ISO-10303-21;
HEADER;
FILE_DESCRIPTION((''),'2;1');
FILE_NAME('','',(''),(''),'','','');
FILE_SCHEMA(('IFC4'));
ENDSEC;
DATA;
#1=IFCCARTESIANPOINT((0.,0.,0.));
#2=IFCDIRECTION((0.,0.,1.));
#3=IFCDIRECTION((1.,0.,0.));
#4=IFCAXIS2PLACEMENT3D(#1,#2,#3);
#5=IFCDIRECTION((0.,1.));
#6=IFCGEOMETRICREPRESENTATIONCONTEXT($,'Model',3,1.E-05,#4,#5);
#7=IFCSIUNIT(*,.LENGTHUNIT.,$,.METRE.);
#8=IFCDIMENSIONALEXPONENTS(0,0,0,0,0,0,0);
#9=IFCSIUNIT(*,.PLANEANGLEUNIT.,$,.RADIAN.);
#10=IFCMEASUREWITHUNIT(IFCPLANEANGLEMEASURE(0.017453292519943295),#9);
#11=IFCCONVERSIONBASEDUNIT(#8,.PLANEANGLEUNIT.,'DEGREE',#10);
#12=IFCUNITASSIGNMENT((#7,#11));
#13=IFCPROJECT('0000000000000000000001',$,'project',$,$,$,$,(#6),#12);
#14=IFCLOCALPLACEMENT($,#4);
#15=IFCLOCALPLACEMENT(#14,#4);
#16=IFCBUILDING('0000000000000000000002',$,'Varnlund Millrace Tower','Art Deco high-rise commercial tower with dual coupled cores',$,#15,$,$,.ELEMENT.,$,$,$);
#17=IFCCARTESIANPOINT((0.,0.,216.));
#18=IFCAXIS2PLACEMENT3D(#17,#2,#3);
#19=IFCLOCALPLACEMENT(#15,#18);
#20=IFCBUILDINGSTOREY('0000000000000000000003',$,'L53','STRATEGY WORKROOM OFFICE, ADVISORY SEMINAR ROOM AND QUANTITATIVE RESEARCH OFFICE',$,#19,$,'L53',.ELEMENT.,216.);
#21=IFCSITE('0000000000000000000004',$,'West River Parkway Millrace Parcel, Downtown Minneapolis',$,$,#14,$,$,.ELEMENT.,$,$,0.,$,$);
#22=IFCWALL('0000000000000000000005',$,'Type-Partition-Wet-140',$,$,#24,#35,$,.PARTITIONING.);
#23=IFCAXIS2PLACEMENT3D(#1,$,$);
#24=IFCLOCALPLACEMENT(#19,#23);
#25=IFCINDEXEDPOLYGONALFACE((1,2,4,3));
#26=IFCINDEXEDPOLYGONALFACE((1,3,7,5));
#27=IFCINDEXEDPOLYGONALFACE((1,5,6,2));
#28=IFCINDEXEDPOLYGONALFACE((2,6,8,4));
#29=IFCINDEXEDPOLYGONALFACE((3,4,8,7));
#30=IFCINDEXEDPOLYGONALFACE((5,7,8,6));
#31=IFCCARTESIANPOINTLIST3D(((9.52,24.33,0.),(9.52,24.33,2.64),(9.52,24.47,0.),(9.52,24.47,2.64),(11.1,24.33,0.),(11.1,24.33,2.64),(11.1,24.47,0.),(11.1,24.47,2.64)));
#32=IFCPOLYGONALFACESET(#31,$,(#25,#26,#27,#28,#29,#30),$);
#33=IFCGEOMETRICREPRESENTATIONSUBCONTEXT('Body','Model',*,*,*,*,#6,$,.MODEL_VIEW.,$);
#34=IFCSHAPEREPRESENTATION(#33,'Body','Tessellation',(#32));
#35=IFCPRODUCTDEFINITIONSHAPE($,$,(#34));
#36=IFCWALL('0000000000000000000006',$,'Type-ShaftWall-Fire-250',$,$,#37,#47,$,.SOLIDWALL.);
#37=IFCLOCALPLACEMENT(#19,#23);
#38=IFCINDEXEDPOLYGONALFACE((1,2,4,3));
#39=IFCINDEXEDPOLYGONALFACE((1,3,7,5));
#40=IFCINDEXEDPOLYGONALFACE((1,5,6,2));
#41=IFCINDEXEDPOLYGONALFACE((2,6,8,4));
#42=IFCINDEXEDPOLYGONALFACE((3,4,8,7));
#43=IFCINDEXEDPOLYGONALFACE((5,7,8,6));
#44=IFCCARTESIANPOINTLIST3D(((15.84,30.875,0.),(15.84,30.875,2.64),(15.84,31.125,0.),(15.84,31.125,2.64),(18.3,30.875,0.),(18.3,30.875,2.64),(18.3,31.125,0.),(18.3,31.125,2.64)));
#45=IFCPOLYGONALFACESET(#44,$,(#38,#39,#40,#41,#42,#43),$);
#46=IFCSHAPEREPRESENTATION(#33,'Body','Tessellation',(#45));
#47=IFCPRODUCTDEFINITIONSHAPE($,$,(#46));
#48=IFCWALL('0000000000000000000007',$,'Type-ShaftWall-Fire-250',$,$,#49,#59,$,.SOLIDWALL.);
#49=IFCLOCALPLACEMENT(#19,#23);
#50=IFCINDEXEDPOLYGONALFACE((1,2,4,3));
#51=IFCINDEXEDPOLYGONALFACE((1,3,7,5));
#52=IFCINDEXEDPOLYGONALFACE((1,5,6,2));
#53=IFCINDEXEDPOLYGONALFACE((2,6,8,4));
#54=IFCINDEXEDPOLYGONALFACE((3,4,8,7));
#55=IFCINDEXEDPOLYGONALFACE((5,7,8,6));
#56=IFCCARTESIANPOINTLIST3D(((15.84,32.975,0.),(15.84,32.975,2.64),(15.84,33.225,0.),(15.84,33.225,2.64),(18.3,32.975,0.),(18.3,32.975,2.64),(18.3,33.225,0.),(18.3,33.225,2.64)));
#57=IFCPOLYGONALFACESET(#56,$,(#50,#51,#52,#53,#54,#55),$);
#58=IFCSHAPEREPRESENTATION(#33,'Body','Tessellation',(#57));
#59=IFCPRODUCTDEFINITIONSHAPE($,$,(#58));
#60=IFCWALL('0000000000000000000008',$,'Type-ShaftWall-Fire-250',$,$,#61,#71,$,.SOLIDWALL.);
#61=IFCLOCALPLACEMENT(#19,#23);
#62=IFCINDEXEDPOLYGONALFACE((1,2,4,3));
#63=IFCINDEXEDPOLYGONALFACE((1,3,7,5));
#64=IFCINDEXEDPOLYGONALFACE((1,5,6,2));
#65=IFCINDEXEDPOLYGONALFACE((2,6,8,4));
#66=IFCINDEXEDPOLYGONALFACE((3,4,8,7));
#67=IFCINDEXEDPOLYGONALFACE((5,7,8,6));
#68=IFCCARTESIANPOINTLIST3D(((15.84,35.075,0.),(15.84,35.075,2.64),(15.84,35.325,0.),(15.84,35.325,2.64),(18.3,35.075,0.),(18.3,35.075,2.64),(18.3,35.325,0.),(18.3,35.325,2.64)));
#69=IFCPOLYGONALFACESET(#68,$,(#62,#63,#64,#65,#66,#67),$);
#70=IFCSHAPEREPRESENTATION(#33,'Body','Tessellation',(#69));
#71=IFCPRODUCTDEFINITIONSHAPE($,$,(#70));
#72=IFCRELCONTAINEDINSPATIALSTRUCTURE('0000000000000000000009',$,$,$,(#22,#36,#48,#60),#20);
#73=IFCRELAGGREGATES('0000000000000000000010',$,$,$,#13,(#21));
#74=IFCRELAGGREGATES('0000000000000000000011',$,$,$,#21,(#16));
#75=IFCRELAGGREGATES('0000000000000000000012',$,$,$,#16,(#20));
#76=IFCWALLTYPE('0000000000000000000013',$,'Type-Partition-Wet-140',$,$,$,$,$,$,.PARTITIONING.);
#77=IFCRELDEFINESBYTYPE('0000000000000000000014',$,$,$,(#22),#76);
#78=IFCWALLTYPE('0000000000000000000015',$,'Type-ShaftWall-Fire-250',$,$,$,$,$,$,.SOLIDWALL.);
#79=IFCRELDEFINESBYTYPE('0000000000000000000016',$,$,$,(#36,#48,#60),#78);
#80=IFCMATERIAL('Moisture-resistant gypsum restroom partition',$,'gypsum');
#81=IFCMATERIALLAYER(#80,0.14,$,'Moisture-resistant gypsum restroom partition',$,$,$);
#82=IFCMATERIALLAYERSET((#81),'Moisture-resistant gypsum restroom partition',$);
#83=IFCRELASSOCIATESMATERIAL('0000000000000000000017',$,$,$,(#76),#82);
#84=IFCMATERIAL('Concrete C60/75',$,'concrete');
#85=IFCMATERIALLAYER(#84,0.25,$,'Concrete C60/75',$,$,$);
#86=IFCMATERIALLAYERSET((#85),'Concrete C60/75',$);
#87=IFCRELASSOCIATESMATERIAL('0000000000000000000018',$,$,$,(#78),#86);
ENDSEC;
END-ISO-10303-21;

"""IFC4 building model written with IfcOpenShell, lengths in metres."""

from ifc_helpers import new_model, entity, si_unit, converted_unit, direction, frame, origin_with_axes, place, context, subcontext, project, spatial, polyline, outline, extrude, material, layer, layer_set, type_object, element, save


model = new_model("IFC4")

# Units and contexts
model_context = context("Model", 3, precision=1e-05, world=origin_with_axes(), true_north=direction((0.0, 1.0)))
body_context = subcontext(model_context, "Body", "Model", "MODEL_VIEW")
ifc_project = project(units=[si_unit("LENGTHUNIT", "METRE"), converted_unit("PLANEANGLEUNIT", "DEGREE", entity("IfcPlaneAngleMeasure", 0.017453292519943295), si_unit("PLANEANGLEUNIT", "RADIAN"), dimensions=[0, 0, 0, 0, 0, 0, 0])], contexts=[model_context])

# Site, building, storey
site_placement = place(None, origin_with_axes())
site = spatial("IfcSite", under=ifc_project, at=site_placement, Name="West River Parkway Millrace Parcel, Downtown Minneapolis", CompositionType="ELEMENT", RefElevation=0.0)
building_placement = place(site_placement, origin_with_axes())
building = spatial("IfcBuilding", under=site, at=building_placement, Name="Varnlund Millrace Tower", Description="Art Deco high-rise commercial tower with dual coupled cores", CompositionType="ELEMENT")
storey_placement = place(building_placement, frame((0.0, 0.0, 216.0), z_axis=(0.0, 0.0, 1.0), x_axis=(1.0, 0.0, 0.0)))
storey = spatial("IfcBuildingStorey", under=building, at=storey_placement, Name="L53", Description="STRATEGY WORKROOM OFFICE, ADVISORY SEMINAR ROOM AND QUANTITATIVE RESEARCH OFFICE", LongName="L53", CompositionType="ELEMENT", Elevation=216.0)

# Walls
ifc_material_1 = material(Name="Moisture-resistant gypsum restroom partition", Category="gypsum")
ifc_layer_1 = layer(ifc_material_1, 0.14, Name="Moisture-resistant gypsum restroom partition")
ifc_layer_set_1 = layer_set([ifc_layer_1], Name="Moisture-resistant gypsum restroom partition")
wall_type_1 = type_object("IfcWallType", Name="Type-Partition-Wet-140", PredefinedType="PARTITIONING", material=ifc_layer_set_1)
wall_1_placement = place(storey_placement, frame((9.52, 24.4, 0.0), z_axis=(0.0, 0.0, 1.0), x_axis=(1.0, 0.0, 0.0)))
element("IfcWall", 1, at=wall_1_placement, inside=storey, type_object=wall_type_1, Name="Type-Partition-Wet-140", PredefinedType="PARTITIONING", context=body_context, shape_type="SweptSolid", body=[
    extrude(outline(polyline([(0.0, -0.07), (1.58, -0.07), (1.58, 0.07), (0.0, 0.07), (0.0, -0.07)])), origin_with_axes(), (0.0, 0.0, 1.0), 2.64),
])
ifc_material_2 = material(Name="Concrete C60/75", Category="concrete")
ifc_layer_2 = layer(ifc_material_2, 0.25, Name="Concrete C60/75")
ifc_layer_set_2 = layer_set([ifc_layer_2], Name="Concrete C60/75")
wall_type_2 = type_object("IfcWallType", Name="Type-ShaftWall-Fire-250", PredefinedType="SOLIDWALL", material=ifc_layer_set_2)
for number, where, z_axis, x_axis, name in (
    (2, (15.84, 31.0, 0.0), (0.0, 0.0, 1.0), (1.0, 0.0, 0.0), "Type-ShaftWall-Fire-250"),
    (3, (15.84, 33.1, 0.0), (0.0, 0.0, 1.0), (1.0, 0.0, 0.0), "Type-ShaftWall-Fire-250"),
    (4, (15.84, 35.2, 0.0), (0.0, 0.0, 1.0), (1.0, 0.0, 0.0), "Type-ShaftWall-Fire-250"),
):
    element("IfcWall", number, at=place(storey_placement, frame(where, z_axis=z_axis, x_axis=x_axis)), inside=storey, type_object=wall_type_2, Name=name, PredefinedType="SOLIDWALL", context=body_context, shape_type="SweptSolid", body=[
        extrude(outline(polyline([(0.0, -0.125), (2.46, -0.125), (2.46, 0.125), (0.0, 0.125), (0.0, -0.125)])), origin_with_axes(), (0.0, 0.0, 1.0), 2.64),
    ])

save(model, "model.ifc")
